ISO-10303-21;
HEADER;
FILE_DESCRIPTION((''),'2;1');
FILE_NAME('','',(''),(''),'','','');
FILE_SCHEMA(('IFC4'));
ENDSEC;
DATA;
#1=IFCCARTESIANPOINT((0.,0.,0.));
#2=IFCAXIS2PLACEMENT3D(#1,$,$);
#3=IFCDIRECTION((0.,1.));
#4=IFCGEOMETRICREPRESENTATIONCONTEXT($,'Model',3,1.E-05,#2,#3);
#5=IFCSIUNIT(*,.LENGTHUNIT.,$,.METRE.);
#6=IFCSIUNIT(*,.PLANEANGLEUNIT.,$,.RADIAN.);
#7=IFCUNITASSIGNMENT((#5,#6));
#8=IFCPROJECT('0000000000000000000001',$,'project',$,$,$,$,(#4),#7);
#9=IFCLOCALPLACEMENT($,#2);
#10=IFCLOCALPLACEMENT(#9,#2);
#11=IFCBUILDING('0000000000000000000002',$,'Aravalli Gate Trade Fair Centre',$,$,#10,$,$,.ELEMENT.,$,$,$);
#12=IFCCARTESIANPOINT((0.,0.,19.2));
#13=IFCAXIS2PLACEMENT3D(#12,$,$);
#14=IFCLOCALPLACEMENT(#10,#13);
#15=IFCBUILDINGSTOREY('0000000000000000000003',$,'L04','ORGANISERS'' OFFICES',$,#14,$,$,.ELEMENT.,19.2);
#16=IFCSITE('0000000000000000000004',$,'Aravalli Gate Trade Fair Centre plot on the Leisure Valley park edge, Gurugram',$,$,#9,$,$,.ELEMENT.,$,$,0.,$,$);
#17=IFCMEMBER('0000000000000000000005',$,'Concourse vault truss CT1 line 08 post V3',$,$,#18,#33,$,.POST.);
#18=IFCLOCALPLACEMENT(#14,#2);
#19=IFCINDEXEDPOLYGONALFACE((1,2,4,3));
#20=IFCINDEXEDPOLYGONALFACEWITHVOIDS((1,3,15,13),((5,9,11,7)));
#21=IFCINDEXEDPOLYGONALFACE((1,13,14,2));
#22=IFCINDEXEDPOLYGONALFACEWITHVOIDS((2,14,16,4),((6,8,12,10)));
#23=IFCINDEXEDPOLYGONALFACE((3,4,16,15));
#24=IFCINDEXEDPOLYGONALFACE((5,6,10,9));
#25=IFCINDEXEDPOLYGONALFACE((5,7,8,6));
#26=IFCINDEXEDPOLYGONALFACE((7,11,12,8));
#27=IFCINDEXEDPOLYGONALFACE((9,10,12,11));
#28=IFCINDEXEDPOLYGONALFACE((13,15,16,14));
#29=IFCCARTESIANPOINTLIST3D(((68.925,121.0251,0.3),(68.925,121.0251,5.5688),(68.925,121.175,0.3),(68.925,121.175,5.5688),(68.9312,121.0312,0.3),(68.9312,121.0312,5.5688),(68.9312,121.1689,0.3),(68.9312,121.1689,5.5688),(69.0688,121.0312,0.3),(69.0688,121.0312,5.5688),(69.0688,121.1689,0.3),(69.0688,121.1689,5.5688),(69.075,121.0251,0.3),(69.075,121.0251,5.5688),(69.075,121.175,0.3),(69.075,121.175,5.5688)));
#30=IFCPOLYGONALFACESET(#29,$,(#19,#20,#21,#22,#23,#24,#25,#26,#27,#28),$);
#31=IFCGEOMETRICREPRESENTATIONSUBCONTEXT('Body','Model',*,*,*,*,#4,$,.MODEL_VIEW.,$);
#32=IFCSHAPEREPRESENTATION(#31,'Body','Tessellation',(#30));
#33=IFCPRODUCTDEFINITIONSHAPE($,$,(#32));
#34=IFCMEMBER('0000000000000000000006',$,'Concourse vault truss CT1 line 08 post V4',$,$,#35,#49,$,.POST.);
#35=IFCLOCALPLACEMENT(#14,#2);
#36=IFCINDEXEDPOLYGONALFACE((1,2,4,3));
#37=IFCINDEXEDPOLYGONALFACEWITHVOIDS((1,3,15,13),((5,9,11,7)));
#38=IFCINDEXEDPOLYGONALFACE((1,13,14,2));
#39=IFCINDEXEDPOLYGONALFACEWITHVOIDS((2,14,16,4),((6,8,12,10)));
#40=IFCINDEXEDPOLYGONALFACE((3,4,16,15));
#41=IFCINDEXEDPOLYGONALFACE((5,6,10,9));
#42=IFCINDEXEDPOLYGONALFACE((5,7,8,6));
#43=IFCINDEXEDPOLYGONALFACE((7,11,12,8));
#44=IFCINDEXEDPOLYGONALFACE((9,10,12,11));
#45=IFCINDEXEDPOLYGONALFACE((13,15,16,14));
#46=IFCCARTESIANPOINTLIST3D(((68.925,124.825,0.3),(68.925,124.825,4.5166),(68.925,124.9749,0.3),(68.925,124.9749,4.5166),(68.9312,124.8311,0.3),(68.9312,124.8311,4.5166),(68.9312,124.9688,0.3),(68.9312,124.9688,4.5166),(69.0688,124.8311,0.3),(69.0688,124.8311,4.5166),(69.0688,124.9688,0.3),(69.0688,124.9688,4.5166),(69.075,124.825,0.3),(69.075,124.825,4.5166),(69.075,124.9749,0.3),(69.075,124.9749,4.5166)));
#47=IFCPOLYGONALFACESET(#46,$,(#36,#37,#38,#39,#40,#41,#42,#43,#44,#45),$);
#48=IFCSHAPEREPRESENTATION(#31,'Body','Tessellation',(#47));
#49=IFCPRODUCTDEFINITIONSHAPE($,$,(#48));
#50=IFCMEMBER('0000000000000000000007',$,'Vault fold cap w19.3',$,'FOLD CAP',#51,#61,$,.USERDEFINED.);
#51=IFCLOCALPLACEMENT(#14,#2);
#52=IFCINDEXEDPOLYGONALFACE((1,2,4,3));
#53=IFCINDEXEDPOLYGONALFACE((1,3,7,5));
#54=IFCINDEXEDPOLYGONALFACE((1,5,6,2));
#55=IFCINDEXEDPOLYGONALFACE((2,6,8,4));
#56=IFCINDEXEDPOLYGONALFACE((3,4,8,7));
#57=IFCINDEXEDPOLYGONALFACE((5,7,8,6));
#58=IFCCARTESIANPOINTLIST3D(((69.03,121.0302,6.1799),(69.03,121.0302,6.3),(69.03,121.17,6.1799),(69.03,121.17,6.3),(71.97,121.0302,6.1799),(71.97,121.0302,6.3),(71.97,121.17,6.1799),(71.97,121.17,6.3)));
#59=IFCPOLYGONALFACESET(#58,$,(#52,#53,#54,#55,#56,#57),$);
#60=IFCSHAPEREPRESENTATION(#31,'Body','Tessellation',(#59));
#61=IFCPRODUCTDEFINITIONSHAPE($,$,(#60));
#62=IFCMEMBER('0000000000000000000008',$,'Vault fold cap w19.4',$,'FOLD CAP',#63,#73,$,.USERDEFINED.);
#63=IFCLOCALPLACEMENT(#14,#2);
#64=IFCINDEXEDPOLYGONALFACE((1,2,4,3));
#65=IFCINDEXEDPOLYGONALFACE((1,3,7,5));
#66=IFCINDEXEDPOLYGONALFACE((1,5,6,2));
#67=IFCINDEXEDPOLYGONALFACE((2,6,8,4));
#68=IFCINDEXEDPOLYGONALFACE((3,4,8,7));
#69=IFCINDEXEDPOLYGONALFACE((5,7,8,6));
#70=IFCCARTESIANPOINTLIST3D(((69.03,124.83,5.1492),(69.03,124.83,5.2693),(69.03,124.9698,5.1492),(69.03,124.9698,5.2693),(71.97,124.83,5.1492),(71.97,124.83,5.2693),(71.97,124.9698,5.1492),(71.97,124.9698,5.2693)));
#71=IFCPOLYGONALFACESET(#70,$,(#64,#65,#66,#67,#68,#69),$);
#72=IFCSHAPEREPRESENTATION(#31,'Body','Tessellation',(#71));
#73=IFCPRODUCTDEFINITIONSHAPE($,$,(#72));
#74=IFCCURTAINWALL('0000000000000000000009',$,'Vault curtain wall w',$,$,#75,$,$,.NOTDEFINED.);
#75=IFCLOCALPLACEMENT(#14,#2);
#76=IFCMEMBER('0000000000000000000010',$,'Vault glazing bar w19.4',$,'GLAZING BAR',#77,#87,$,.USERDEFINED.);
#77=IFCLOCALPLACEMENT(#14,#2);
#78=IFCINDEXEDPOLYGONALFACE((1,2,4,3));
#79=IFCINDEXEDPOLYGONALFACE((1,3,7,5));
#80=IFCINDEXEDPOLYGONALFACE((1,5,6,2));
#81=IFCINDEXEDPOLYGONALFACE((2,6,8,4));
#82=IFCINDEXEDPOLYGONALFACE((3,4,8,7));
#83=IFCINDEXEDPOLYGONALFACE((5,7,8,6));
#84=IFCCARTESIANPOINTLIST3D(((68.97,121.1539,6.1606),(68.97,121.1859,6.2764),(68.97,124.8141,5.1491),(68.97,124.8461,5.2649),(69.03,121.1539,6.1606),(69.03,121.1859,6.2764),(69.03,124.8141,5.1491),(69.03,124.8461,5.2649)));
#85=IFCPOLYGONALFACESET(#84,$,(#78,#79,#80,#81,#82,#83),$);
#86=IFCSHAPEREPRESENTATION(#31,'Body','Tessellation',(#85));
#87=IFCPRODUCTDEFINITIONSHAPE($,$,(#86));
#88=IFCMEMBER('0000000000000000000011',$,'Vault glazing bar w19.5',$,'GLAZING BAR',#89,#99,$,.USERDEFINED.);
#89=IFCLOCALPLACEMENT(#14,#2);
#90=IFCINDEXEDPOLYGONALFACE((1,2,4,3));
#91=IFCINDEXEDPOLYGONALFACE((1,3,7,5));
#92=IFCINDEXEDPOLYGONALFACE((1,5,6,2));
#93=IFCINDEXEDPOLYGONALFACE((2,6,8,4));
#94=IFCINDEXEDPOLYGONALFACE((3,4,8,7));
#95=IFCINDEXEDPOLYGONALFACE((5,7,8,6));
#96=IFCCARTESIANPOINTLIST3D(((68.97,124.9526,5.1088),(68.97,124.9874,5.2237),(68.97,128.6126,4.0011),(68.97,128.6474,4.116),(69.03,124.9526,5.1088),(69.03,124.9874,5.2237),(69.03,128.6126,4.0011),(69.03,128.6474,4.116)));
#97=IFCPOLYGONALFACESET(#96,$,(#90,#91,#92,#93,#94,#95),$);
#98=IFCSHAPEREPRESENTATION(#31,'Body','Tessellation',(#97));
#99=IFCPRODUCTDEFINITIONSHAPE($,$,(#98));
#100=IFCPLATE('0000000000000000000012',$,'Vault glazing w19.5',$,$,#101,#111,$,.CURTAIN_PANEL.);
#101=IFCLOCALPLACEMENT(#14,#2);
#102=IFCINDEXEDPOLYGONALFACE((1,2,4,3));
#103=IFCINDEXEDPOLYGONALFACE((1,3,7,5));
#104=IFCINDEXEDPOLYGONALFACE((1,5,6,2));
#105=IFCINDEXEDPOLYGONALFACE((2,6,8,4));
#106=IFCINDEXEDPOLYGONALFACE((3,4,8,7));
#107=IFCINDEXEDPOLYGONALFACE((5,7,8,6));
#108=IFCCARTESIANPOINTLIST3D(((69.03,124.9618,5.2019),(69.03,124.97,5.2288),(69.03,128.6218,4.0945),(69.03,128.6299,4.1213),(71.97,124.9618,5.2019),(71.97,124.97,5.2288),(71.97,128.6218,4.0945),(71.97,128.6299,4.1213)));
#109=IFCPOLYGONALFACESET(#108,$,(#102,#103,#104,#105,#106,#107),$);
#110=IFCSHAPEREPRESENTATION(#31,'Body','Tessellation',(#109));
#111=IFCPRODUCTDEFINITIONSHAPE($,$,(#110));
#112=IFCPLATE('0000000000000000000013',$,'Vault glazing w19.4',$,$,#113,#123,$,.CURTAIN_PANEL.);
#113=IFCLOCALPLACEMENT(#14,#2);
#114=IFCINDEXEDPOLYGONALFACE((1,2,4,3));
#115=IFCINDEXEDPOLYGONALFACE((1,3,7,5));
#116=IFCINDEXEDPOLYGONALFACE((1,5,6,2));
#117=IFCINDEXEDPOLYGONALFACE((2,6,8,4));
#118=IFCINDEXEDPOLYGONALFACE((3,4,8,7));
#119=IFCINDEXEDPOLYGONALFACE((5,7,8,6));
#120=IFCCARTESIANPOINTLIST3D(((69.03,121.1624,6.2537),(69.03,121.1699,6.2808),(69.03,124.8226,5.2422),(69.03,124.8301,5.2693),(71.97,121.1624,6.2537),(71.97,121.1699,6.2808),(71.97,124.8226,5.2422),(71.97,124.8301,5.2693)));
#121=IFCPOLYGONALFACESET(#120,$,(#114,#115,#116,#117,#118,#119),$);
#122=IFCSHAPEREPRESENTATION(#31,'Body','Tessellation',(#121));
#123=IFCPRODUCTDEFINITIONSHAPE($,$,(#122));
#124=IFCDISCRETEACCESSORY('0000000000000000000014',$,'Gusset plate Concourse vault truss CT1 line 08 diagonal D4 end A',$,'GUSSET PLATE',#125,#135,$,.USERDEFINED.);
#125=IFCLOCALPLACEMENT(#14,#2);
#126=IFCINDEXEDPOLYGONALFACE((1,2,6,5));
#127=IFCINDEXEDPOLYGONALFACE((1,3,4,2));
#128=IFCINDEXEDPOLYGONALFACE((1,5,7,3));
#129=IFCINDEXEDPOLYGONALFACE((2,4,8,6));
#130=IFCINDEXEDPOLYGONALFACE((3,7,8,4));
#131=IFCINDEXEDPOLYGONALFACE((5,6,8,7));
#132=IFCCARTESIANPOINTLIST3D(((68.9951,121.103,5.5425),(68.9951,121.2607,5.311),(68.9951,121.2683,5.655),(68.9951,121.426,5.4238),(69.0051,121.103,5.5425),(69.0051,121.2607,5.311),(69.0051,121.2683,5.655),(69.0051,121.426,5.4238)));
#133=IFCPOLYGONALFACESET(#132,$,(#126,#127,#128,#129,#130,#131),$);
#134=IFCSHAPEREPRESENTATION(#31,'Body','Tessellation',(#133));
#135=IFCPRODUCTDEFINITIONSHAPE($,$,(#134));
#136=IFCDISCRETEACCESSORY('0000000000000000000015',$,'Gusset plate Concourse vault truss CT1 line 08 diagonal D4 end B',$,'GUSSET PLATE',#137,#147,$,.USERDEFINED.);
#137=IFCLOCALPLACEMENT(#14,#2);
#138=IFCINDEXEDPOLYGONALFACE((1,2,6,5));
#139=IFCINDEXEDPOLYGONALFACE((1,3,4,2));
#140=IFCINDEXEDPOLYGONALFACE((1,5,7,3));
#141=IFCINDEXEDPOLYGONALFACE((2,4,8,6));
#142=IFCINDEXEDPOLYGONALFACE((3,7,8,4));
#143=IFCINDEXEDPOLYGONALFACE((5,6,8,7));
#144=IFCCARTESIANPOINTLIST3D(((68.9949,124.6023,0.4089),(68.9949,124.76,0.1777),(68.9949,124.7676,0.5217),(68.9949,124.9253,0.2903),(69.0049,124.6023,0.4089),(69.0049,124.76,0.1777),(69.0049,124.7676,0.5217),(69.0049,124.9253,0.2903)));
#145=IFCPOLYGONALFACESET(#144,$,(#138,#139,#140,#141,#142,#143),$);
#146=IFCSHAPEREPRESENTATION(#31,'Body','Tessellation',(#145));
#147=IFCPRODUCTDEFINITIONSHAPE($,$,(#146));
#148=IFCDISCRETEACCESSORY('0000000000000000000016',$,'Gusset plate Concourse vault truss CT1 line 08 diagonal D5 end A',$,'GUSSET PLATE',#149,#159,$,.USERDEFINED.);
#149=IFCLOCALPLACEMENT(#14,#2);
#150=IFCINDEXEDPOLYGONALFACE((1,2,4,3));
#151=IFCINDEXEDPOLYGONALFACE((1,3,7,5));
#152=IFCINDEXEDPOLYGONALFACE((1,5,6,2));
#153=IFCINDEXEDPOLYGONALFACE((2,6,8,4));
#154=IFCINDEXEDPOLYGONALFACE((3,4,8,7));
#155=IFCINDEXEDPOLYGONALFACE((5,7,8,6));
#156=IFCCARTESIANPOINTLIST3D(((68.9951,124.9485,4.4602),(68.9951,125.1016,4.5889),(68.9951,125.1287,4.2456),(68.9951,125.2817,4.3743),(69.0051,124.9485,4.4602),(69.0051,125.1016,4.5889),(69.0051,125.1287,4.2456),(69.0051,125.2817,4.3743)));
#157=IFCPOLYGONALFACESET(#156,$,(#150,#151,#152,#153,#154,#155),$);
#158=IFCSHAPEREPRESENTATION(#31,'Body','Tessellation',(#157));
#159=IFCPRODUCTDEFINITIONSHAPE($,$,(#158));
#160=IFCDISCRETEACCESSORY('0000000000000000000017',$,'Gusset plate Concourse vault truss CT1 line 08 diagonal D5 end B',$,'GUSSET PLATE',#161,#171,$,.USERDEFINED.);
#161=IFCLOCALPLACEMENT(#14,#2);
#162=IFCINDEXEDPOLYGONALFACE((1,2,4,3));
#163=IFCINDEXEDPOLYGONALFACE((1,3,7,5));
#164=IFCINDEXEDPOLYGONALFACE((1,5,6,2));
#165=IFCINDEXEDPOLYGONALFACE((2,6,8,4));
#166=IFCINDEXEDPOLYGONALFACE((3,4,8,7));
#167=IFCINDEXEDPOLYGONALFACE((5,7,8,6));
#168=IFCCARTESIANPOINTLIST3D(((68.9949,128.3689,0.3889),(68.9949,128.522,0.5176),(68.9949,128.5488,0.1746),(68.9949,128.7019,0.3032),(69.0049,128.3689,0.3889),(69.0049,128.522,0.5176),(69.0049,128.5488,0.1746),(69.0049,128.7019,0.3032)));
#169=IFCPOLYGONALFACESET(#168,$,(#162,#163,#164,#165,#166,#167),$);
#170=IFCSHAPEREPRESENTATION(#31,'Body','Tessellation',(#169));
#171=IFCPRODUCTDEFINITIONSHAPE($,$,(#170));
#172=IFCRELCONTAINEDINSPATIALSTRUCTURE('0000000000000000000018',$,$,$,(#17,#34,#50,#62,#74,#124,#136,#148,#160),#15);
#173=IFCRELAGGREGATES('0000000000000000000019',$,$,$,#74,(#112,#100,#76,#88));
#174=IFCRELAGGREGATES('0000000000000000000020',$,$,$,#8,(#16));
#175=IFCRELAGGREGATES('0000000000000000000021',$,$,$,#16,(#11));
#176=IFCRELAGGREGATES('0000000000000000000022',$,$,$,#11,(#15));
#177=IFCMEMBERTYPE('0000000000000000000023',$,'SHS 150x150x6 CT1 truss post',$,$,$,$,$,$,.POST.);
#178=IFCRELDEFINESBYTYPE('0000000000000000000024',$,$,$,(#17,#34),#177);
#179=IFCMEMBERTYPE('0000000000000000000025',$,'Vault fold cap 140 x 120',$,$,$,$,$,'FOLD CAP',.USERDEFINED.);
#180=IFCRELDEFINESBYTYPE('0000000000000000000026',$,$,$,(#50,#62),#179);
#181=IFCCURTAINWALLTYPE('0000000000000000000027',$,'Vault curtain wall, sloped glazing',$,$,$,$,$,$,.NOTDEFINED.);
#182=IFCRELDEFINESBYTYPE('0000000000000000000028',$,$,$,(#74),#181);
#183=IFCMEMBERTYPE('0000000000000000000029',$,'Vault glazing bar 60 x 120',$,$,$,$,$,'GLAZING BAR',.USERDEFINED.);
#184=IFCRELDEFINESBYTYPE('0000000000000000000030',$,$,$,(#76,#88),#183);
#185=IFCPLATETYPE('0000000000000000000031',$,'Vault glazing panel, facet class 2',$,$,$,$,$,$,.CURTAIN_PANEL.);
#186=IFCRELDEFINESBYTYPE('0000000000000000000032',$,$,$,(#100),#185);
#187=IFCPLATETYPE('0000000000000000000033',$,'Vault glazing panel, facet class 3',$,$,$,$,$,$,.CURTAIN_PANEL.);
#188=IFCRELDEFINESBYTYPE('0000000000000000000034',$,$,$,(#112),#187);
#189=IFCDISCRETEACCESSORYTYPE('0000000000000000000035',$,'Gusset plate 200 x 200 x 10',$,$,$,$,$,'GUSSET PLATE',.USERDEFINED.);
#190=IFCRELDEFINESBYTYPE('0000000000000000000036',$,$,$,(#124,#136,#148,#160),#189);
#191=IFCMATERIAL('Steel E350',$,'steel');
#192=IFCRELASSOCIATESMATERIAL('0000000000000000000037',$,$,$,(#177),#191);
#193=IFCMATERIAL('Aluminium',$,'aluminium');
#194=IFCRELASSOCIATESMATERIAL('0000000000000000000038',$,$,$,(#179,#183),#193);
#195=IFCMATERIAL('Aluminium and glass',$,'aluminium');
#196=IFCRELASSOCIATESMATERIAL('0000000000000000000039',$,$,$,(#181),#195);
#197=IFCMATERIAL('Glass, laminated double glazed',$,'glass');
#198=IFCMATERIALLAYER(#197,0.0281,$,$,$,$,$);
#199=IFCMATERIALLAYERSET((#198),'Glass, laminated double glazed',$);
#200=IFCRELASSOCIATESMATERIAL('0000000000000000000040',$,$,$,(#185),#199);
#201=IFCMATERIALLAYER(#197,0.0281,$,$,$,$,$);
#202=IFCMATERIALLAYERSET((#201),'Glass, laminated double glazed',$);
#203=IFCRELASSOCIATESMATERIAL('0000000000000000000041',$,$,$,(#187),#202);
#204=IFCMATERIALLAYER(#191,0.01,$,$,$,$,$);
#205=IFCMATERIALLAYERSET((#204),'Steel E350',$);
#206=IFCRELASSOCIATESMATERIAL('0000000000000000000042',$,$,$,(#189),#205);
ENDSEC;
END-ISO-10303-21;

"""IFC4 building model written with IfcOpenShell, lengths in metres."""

from ifc_helpers import new_model, si_unit, direction, frame, origin, origin_2d, place, context, subcontext, project, spatial, polyline, rectangle, hollow_rectangle, outline, extrude, material, layer, layer_set, material_profile, profile_set, type_object, element, aggregate, save


model = new_model("IFC4")

# Units and contexts
model_context = context("Model", 3, precision=1e-05, world=origin(), true_north=direction((0.0, 1.0)))
body_context = subcontext(model_context, "Body", "Model", "MODEL_VIEW")
ifc_project = project(units=[si_unit("LENGTHUNIT", "METRE"), si_unit("PLANEANGLEUNIT", "RADIAN")], contexts=[model_context])

# Site, building, storey
site_placement = place(None, origin())
site = spatial("IfcSite", under=ifc_project, at=site_placement, Name="Aravalli Gate Trade Fair Centre plot on the Leisure Valley park edge, Gurugram", CompositionType="ELEMENT", RefElevation=0.0)
building_placement = place(site_placement, origin())
building = spatial("IfcBuilding", under=site, at=building_placement, Name="Aravalli Gate Trade Fair Centre", CompositionType="ELEMENT")
storey_placement = place(building_placement, frame((0.0, 0.0, 19.2)))
storey = spatial("IfcBuildingStorey", under=building, at=storey_placement, Name="L04", Description="ORGANISERS' OFFICES", CompositionType="ELEMENT", Elevation=19.2)

# Members
ifc_material_1 = material(Name="Steel E350", Category="steel")
ifc_material_profile_1 = material_profile(ifc_material_1, hollow_rectangle(XDim=0.1499, YDim=0.1499, WallThickness=0.0061, at=origin_2d()), Name="SHS 150x150x6")
ifc_profile_set_1 = profile_set([ifc_material_profile_1], Name="Steel E350")
member_type_1 = type_object("IfcMemberType", Name="SHS 150x150x6 CT1 truss post", PredefinedType="POST", material=ifc_profile_set_1)
member_1_placement = place(storey_placement, frame((69.0, 121.1001, 0.3), z_axis=(0.0, 0.0, 1.0), x_axis=(1.0, 0.0, 0.0)))
element("IfcMember", 1, at=member_1_placement, inside=storey, type_object=member_type_1, Name="Concourse vault truss CT1 line 08 post V3", PredefinedType="POST", context=body_context, shape_type="SweptSolid", body=[
    extrude(hollow_rectangle(XDim=0.1499, YDim=0.1499, WallThickness=0.0061, at=origin_2d()), origin(), (0.0, 0.0, 1.0), 5.2688),
])
member_2_placement = place(storey_placement, frame((69.0, 124.8999, 0.3), z_axis=(0.0, 0.0, 1.0), x_axis=(1.0, 0.0, 0.0)))
element("IfcMember", 2, at=member_2_placement, inside=storey, type_object=member_type_1, Name="Concourse vault truss CT1 line 08 post V4", PredefinedType="POST", context=body_context, shape_type="SweptSolid", body=[
    extrude(hollow_rectangle(XDim=0.1499, YDim=0.1499, WallThickness=0.0061, at=origin_2d()), origin(), (0.0, 0.0, 1.0), 4.2166),
])
ifc_material_2 = material(Name="Aluminium", Category="aluminium")
ifc_material_profile_2 = material_profile(ifc_material_2, rectangle(XDim=0.1399, YDim=0.1201, at=origin_2d()), Name="Vault fold cap 140 x 120")
ifc_profile_set_2 = profile_set([ifc_material_profile_2], Name="Aluminium")
member_type_2 = type_object("IfcMemberType", Name="Vault fold cap 140 x 120", ElementType="FOLD CAP", PredefinedType="USERDEFINED", material=ifc_profile_set_2)
for number, where, z_axis, x_axis, name in (
    (3, (69.03, 121.1001, 6.24), (1.0, 0.0, 0.0), (0.0, 1.0, 0.0), "Vault fold cap w19.3"),
    (4, (69.03, 124.8999, 5.2092), (1.0, 0.0, 0.0), (0.0, 1.0, 0.0), "Vault fold cap w19.4"),
):
    element("IfcMember", number, at=place(storey_placement, frame(where, z_axis=z_axis, x_axis=x_axis)), inside=storey, type_object=member_type_2, Name=name, ObjectType="FOLD CAP", PredefinedType="USERDEFINED", context=body_context, shape_type="SweptSolid", body=[
        extrude(rectangle(XDim=0.1399, YDim=0.1201, at=origin_2d()), origin(), (0.0, 0.0, 1.0), 2.9399),
    ])

# Curtain wall, members, plates
ifc_material_3 = material(Name="Aluminium and glass", Category="aluminium")
curtain_wall_type = type_object("IfcCurtainWallType", Name="Vault curtain wall, sloped glazing", PredefinedType="NOTDEFINED", material=ifc_material_3)
curtain_wall_placement = place(storey_placement, origin())
curtain_wall = element("IfcCurtainWall", 5, at=curtain_wall_placement, inside=storey, type_object=curtain_wall_type, Name="Vault curtain wall w", PredefinedType="NOTDEFINED")
ifc_material_profile_3 = material_profile(ifc_material_2, rectangle(XDim=0.0601, YDim=0.1201, at=origin_2d()), Name="Vault glazing bar 60 x 120")
ifc_profile_set_3 = profile_set([ifc_material_profile_3], Name="Aluminium")
member_type_3 = type_object("IfcMemberType", Name="Vault glazing bar 60 x 120", ElementType="GLAZING BAR", PredefinedType="USERDEFINED", material=ifc_profile_set_3)
member_3_placement = place(storey_placement, frame((69.0, 121.1699, 6.2185), z_axis=(0.0, 0.963873, -0.266364), x_axis=(-1.0, 0.0, 0.0)))
member_3 = element("IfcMember", 6, at=member_3_placement, type_object=member_type_3, Name="Vault glazing bar w19.4", ObjectType="GLAZING BAR", PredefinedType="USERDEFINED", context=body_context, shape_type="SweptSolid", body=[
    extrude(rectangle(XDim=0.0601, YDim=0.1201, at=origin_2d()), origin(), (0.0, 0.0, 1.0), 3.7974),
])
member_4_placement = place(storey_placement, frame((69.0, 124.97, 5.1663), z_axis=(0.0, 0.957126, -0.289672), x_axis=(-1.0, 0.0, 0.0)))
member_4 = element("IfcMember", 7, at=member_4_placement, type_object=member_type_3, Name="Vault glazing bar w19.5", ObjectType="GLAZING BAR", PredefinedType="USERDEFINED", context=body_context, shape_type="SweptSolid", body=[
    extrude(rectangle(XDim=0.0601, YDim=0.1201, at=origin_2d()), origin(), (0.0, 0.0, 1.0), 3.824),
])
ifc_material_4 = material(Name="Glass, laminated double glazed", Category="glass")
ifc_layer_1 = layer(ifc_material_4, 0.0281)
ifc_layer_set_1 = layer_set([ifc_layer_1], Name="Glass, laminated double glazed")
plate_type_1 = type_object("IfcPlateType", Name="Vault glazing panel, facet class 2", PredefinedType="CURTAIN_PANEL", material=ifc_layer_set_1)
plate_1_placement = place(storey_placement, frame((69.03, 124.97, 5.2288), z_axis=(0.0, 0.289614, 0.957144), x_axis=(1.0, 0.0, 0.0)))
plate_1 = element("IfcPlate", 8, at=plate_1_placement, type_object=plate_type_1, Name="Vault glazing w19.5", PredefinedType="CURTAIN_PANEL", context=body_context, shape_type="SweptSolid", body=[
    extrude(outline(polyline([(0.0, 0.0), (2.9399, 0.0), (2.9399, 3.8238), (0.0, 3.8238), (0.0, 0.0)])), origin(), (0.0, 0.0, -1.0), 0.0281),
])
ifc_layer_2 = layer(ifc_material_4, 0.0281)
ifc_layer_set_2 = layer_set([ifc_layer_2], Name="Glass, laminated double glazed")
plate_type_2 = type_object("IfcPlateType", Name="Vault glazing panel, facet class 3", PredefinedType="CURTAIN_PANEL", material=ifc_layer_set_2)
plate_2_placement = place(storey_placement, frame((69.03, 121.1699, 6.2808), z_axis=(0.0, 0.266364, 0.963873), x_axis=(1.0, 0.0, 0.0)))
plate_2 = element("IfcPlate", 9, at=plate_2_placement, type_object=plate_type_2, Name="Vault glazing w19.4", PredefinedType="CURTAIN_PANEL", context=body_context, shape_type="SweptSolid", body=[
    extrude(outline(polyline([(0.0, 0.0), (2.9399, 0.0), (2.9399, 3.7973), (0.0, 3.7973), (0.0, 0.0)])), origin(), (0.0, 0.0, -1.0), 0.0281),
])
aggregate(curtain_wall, [plate_2, plate_1, member_3, member_4])

# Discrete accessories
ifc_layer_3 = layer(ifc_material_1, 0.01)
ifc_layer_set_3 = layer_set([ifc_layer_3], Name="Steel E350")
discrete_accessory_type = type_object("IfcDiscreteAccessoryType", Name="Gusset plate 200 x 200 x 10", ElementType="GUSSET PLATE", PredefinedType="USERDEFINED", material=ifc_layer_set_3)
discrete_accessory_1_placement = place(storey_placement, frame((68.9951, 121.2607, 5.311), z_axis=(-1.0, 0.0, 0.0), x_axis=(0.0, -0.56312, 0.826375)))
element("IfcDiscreteAccessory", 10, at=discrete_accessory_1_placement, inside=storey, type_object=discrete_accessory_type, Name="Gusset plate Concourse vault truss CT1 line 08 diagonal D4 end A", ObjectType="GUSSET PLATE", PredefinedType="USERDEFINED", context=body_context, shape_type="SweptSolid", body=[
    extrude(outline(polyline([(0.0, 0.0), (0.2801, 0.0), (0.28, 0.2), (0.0001, 0.2001), (0.0, 0.0)])), origin(), (0.0, 0.0, -1.0), 0.01),
])
discrete_accessory_2_placement = place(storey_placement, frame((69.0049, 124.6023, 0.4089), z_axis=(1.0, 0.0, 0.0), x_axis=(0.0, 0.563526, -0.826098)))
element("IfcDiscreteAccessory", 11, at=discrete_accessory_2_placement, inside=storey, type_object=discrete_accessory_type, Name="Gusset plate Concourse vault truss CT1 line 08 diagonal D4 end B", ObjectType="GUSSET PLATE", PredefinedType="USERDEFINED", context=body_context, shape_type="SweptSolid", body=[
    extrude(outline(polyline([(0.0, 0.0), (0.2799, 0.0), (0.28, 0.2), (0.0, 0.2001), (0.0, 0.0)])), origin(), (0.0, 0.0, -1.0), 0.01),
])
discrete_accessory_3_placement = place(storey_placement, frame((68.9951, 125.1287, 4.2456), z_axis=(-1.0, 0.0, 0.0), x_axis=(0.0, -0.643008, 0.765859)))
element("IfcDiscreteAccessory", 12, at=discrete_accessory_3_placement, inside=storey, type_object=discrete_accessory_type, Name="Gusset plate Concourse vault truss CT1 line 08 diagonal D5 end A", ObjectType="GUSSET PLATE", PredefinedType="USERDEFINED", context=body_context, shape_type="SweptSolid", body=[
    extrude(outline(polyline([(0.0, 0.0), (0.2802, 0.0), (0.2803, 0.2), (0.0001, 0.2), (0.0, 0.0)])), origin(), (0.0, 0.0, -1.0), 0.01),
])
discrete_accessory_4_placement = place(storey_placement, frame((69.0049, 128.3689, 0.3889), z_axis=(1.0, 0.0, 0.0), x_axis=(0.0, 0.642926, -0.765928)))
element("IfcDiscreteAccessory", 13, at=discrete_accessory_4_placement, inside=storey, type_object=discrete_accessory_type, Name="Gusset plate Concourse vault truss CT1 line 08 diagonal D5 end B", ObjectType="GUSSET PLATE", PredefinedType="USERDEFINED", context=body_context, shape_type="SweptSolid", body=[
    extrude(outline(polyline([(0.0, 0.0), (0.2799, 0.0), (0.2797, 0.2), (-0.0001, 0.2), (0.0, 0.0)])), origin(), (0.0, 0.0, -1.0), 0.01),
])

save(model, "model.ifc")
